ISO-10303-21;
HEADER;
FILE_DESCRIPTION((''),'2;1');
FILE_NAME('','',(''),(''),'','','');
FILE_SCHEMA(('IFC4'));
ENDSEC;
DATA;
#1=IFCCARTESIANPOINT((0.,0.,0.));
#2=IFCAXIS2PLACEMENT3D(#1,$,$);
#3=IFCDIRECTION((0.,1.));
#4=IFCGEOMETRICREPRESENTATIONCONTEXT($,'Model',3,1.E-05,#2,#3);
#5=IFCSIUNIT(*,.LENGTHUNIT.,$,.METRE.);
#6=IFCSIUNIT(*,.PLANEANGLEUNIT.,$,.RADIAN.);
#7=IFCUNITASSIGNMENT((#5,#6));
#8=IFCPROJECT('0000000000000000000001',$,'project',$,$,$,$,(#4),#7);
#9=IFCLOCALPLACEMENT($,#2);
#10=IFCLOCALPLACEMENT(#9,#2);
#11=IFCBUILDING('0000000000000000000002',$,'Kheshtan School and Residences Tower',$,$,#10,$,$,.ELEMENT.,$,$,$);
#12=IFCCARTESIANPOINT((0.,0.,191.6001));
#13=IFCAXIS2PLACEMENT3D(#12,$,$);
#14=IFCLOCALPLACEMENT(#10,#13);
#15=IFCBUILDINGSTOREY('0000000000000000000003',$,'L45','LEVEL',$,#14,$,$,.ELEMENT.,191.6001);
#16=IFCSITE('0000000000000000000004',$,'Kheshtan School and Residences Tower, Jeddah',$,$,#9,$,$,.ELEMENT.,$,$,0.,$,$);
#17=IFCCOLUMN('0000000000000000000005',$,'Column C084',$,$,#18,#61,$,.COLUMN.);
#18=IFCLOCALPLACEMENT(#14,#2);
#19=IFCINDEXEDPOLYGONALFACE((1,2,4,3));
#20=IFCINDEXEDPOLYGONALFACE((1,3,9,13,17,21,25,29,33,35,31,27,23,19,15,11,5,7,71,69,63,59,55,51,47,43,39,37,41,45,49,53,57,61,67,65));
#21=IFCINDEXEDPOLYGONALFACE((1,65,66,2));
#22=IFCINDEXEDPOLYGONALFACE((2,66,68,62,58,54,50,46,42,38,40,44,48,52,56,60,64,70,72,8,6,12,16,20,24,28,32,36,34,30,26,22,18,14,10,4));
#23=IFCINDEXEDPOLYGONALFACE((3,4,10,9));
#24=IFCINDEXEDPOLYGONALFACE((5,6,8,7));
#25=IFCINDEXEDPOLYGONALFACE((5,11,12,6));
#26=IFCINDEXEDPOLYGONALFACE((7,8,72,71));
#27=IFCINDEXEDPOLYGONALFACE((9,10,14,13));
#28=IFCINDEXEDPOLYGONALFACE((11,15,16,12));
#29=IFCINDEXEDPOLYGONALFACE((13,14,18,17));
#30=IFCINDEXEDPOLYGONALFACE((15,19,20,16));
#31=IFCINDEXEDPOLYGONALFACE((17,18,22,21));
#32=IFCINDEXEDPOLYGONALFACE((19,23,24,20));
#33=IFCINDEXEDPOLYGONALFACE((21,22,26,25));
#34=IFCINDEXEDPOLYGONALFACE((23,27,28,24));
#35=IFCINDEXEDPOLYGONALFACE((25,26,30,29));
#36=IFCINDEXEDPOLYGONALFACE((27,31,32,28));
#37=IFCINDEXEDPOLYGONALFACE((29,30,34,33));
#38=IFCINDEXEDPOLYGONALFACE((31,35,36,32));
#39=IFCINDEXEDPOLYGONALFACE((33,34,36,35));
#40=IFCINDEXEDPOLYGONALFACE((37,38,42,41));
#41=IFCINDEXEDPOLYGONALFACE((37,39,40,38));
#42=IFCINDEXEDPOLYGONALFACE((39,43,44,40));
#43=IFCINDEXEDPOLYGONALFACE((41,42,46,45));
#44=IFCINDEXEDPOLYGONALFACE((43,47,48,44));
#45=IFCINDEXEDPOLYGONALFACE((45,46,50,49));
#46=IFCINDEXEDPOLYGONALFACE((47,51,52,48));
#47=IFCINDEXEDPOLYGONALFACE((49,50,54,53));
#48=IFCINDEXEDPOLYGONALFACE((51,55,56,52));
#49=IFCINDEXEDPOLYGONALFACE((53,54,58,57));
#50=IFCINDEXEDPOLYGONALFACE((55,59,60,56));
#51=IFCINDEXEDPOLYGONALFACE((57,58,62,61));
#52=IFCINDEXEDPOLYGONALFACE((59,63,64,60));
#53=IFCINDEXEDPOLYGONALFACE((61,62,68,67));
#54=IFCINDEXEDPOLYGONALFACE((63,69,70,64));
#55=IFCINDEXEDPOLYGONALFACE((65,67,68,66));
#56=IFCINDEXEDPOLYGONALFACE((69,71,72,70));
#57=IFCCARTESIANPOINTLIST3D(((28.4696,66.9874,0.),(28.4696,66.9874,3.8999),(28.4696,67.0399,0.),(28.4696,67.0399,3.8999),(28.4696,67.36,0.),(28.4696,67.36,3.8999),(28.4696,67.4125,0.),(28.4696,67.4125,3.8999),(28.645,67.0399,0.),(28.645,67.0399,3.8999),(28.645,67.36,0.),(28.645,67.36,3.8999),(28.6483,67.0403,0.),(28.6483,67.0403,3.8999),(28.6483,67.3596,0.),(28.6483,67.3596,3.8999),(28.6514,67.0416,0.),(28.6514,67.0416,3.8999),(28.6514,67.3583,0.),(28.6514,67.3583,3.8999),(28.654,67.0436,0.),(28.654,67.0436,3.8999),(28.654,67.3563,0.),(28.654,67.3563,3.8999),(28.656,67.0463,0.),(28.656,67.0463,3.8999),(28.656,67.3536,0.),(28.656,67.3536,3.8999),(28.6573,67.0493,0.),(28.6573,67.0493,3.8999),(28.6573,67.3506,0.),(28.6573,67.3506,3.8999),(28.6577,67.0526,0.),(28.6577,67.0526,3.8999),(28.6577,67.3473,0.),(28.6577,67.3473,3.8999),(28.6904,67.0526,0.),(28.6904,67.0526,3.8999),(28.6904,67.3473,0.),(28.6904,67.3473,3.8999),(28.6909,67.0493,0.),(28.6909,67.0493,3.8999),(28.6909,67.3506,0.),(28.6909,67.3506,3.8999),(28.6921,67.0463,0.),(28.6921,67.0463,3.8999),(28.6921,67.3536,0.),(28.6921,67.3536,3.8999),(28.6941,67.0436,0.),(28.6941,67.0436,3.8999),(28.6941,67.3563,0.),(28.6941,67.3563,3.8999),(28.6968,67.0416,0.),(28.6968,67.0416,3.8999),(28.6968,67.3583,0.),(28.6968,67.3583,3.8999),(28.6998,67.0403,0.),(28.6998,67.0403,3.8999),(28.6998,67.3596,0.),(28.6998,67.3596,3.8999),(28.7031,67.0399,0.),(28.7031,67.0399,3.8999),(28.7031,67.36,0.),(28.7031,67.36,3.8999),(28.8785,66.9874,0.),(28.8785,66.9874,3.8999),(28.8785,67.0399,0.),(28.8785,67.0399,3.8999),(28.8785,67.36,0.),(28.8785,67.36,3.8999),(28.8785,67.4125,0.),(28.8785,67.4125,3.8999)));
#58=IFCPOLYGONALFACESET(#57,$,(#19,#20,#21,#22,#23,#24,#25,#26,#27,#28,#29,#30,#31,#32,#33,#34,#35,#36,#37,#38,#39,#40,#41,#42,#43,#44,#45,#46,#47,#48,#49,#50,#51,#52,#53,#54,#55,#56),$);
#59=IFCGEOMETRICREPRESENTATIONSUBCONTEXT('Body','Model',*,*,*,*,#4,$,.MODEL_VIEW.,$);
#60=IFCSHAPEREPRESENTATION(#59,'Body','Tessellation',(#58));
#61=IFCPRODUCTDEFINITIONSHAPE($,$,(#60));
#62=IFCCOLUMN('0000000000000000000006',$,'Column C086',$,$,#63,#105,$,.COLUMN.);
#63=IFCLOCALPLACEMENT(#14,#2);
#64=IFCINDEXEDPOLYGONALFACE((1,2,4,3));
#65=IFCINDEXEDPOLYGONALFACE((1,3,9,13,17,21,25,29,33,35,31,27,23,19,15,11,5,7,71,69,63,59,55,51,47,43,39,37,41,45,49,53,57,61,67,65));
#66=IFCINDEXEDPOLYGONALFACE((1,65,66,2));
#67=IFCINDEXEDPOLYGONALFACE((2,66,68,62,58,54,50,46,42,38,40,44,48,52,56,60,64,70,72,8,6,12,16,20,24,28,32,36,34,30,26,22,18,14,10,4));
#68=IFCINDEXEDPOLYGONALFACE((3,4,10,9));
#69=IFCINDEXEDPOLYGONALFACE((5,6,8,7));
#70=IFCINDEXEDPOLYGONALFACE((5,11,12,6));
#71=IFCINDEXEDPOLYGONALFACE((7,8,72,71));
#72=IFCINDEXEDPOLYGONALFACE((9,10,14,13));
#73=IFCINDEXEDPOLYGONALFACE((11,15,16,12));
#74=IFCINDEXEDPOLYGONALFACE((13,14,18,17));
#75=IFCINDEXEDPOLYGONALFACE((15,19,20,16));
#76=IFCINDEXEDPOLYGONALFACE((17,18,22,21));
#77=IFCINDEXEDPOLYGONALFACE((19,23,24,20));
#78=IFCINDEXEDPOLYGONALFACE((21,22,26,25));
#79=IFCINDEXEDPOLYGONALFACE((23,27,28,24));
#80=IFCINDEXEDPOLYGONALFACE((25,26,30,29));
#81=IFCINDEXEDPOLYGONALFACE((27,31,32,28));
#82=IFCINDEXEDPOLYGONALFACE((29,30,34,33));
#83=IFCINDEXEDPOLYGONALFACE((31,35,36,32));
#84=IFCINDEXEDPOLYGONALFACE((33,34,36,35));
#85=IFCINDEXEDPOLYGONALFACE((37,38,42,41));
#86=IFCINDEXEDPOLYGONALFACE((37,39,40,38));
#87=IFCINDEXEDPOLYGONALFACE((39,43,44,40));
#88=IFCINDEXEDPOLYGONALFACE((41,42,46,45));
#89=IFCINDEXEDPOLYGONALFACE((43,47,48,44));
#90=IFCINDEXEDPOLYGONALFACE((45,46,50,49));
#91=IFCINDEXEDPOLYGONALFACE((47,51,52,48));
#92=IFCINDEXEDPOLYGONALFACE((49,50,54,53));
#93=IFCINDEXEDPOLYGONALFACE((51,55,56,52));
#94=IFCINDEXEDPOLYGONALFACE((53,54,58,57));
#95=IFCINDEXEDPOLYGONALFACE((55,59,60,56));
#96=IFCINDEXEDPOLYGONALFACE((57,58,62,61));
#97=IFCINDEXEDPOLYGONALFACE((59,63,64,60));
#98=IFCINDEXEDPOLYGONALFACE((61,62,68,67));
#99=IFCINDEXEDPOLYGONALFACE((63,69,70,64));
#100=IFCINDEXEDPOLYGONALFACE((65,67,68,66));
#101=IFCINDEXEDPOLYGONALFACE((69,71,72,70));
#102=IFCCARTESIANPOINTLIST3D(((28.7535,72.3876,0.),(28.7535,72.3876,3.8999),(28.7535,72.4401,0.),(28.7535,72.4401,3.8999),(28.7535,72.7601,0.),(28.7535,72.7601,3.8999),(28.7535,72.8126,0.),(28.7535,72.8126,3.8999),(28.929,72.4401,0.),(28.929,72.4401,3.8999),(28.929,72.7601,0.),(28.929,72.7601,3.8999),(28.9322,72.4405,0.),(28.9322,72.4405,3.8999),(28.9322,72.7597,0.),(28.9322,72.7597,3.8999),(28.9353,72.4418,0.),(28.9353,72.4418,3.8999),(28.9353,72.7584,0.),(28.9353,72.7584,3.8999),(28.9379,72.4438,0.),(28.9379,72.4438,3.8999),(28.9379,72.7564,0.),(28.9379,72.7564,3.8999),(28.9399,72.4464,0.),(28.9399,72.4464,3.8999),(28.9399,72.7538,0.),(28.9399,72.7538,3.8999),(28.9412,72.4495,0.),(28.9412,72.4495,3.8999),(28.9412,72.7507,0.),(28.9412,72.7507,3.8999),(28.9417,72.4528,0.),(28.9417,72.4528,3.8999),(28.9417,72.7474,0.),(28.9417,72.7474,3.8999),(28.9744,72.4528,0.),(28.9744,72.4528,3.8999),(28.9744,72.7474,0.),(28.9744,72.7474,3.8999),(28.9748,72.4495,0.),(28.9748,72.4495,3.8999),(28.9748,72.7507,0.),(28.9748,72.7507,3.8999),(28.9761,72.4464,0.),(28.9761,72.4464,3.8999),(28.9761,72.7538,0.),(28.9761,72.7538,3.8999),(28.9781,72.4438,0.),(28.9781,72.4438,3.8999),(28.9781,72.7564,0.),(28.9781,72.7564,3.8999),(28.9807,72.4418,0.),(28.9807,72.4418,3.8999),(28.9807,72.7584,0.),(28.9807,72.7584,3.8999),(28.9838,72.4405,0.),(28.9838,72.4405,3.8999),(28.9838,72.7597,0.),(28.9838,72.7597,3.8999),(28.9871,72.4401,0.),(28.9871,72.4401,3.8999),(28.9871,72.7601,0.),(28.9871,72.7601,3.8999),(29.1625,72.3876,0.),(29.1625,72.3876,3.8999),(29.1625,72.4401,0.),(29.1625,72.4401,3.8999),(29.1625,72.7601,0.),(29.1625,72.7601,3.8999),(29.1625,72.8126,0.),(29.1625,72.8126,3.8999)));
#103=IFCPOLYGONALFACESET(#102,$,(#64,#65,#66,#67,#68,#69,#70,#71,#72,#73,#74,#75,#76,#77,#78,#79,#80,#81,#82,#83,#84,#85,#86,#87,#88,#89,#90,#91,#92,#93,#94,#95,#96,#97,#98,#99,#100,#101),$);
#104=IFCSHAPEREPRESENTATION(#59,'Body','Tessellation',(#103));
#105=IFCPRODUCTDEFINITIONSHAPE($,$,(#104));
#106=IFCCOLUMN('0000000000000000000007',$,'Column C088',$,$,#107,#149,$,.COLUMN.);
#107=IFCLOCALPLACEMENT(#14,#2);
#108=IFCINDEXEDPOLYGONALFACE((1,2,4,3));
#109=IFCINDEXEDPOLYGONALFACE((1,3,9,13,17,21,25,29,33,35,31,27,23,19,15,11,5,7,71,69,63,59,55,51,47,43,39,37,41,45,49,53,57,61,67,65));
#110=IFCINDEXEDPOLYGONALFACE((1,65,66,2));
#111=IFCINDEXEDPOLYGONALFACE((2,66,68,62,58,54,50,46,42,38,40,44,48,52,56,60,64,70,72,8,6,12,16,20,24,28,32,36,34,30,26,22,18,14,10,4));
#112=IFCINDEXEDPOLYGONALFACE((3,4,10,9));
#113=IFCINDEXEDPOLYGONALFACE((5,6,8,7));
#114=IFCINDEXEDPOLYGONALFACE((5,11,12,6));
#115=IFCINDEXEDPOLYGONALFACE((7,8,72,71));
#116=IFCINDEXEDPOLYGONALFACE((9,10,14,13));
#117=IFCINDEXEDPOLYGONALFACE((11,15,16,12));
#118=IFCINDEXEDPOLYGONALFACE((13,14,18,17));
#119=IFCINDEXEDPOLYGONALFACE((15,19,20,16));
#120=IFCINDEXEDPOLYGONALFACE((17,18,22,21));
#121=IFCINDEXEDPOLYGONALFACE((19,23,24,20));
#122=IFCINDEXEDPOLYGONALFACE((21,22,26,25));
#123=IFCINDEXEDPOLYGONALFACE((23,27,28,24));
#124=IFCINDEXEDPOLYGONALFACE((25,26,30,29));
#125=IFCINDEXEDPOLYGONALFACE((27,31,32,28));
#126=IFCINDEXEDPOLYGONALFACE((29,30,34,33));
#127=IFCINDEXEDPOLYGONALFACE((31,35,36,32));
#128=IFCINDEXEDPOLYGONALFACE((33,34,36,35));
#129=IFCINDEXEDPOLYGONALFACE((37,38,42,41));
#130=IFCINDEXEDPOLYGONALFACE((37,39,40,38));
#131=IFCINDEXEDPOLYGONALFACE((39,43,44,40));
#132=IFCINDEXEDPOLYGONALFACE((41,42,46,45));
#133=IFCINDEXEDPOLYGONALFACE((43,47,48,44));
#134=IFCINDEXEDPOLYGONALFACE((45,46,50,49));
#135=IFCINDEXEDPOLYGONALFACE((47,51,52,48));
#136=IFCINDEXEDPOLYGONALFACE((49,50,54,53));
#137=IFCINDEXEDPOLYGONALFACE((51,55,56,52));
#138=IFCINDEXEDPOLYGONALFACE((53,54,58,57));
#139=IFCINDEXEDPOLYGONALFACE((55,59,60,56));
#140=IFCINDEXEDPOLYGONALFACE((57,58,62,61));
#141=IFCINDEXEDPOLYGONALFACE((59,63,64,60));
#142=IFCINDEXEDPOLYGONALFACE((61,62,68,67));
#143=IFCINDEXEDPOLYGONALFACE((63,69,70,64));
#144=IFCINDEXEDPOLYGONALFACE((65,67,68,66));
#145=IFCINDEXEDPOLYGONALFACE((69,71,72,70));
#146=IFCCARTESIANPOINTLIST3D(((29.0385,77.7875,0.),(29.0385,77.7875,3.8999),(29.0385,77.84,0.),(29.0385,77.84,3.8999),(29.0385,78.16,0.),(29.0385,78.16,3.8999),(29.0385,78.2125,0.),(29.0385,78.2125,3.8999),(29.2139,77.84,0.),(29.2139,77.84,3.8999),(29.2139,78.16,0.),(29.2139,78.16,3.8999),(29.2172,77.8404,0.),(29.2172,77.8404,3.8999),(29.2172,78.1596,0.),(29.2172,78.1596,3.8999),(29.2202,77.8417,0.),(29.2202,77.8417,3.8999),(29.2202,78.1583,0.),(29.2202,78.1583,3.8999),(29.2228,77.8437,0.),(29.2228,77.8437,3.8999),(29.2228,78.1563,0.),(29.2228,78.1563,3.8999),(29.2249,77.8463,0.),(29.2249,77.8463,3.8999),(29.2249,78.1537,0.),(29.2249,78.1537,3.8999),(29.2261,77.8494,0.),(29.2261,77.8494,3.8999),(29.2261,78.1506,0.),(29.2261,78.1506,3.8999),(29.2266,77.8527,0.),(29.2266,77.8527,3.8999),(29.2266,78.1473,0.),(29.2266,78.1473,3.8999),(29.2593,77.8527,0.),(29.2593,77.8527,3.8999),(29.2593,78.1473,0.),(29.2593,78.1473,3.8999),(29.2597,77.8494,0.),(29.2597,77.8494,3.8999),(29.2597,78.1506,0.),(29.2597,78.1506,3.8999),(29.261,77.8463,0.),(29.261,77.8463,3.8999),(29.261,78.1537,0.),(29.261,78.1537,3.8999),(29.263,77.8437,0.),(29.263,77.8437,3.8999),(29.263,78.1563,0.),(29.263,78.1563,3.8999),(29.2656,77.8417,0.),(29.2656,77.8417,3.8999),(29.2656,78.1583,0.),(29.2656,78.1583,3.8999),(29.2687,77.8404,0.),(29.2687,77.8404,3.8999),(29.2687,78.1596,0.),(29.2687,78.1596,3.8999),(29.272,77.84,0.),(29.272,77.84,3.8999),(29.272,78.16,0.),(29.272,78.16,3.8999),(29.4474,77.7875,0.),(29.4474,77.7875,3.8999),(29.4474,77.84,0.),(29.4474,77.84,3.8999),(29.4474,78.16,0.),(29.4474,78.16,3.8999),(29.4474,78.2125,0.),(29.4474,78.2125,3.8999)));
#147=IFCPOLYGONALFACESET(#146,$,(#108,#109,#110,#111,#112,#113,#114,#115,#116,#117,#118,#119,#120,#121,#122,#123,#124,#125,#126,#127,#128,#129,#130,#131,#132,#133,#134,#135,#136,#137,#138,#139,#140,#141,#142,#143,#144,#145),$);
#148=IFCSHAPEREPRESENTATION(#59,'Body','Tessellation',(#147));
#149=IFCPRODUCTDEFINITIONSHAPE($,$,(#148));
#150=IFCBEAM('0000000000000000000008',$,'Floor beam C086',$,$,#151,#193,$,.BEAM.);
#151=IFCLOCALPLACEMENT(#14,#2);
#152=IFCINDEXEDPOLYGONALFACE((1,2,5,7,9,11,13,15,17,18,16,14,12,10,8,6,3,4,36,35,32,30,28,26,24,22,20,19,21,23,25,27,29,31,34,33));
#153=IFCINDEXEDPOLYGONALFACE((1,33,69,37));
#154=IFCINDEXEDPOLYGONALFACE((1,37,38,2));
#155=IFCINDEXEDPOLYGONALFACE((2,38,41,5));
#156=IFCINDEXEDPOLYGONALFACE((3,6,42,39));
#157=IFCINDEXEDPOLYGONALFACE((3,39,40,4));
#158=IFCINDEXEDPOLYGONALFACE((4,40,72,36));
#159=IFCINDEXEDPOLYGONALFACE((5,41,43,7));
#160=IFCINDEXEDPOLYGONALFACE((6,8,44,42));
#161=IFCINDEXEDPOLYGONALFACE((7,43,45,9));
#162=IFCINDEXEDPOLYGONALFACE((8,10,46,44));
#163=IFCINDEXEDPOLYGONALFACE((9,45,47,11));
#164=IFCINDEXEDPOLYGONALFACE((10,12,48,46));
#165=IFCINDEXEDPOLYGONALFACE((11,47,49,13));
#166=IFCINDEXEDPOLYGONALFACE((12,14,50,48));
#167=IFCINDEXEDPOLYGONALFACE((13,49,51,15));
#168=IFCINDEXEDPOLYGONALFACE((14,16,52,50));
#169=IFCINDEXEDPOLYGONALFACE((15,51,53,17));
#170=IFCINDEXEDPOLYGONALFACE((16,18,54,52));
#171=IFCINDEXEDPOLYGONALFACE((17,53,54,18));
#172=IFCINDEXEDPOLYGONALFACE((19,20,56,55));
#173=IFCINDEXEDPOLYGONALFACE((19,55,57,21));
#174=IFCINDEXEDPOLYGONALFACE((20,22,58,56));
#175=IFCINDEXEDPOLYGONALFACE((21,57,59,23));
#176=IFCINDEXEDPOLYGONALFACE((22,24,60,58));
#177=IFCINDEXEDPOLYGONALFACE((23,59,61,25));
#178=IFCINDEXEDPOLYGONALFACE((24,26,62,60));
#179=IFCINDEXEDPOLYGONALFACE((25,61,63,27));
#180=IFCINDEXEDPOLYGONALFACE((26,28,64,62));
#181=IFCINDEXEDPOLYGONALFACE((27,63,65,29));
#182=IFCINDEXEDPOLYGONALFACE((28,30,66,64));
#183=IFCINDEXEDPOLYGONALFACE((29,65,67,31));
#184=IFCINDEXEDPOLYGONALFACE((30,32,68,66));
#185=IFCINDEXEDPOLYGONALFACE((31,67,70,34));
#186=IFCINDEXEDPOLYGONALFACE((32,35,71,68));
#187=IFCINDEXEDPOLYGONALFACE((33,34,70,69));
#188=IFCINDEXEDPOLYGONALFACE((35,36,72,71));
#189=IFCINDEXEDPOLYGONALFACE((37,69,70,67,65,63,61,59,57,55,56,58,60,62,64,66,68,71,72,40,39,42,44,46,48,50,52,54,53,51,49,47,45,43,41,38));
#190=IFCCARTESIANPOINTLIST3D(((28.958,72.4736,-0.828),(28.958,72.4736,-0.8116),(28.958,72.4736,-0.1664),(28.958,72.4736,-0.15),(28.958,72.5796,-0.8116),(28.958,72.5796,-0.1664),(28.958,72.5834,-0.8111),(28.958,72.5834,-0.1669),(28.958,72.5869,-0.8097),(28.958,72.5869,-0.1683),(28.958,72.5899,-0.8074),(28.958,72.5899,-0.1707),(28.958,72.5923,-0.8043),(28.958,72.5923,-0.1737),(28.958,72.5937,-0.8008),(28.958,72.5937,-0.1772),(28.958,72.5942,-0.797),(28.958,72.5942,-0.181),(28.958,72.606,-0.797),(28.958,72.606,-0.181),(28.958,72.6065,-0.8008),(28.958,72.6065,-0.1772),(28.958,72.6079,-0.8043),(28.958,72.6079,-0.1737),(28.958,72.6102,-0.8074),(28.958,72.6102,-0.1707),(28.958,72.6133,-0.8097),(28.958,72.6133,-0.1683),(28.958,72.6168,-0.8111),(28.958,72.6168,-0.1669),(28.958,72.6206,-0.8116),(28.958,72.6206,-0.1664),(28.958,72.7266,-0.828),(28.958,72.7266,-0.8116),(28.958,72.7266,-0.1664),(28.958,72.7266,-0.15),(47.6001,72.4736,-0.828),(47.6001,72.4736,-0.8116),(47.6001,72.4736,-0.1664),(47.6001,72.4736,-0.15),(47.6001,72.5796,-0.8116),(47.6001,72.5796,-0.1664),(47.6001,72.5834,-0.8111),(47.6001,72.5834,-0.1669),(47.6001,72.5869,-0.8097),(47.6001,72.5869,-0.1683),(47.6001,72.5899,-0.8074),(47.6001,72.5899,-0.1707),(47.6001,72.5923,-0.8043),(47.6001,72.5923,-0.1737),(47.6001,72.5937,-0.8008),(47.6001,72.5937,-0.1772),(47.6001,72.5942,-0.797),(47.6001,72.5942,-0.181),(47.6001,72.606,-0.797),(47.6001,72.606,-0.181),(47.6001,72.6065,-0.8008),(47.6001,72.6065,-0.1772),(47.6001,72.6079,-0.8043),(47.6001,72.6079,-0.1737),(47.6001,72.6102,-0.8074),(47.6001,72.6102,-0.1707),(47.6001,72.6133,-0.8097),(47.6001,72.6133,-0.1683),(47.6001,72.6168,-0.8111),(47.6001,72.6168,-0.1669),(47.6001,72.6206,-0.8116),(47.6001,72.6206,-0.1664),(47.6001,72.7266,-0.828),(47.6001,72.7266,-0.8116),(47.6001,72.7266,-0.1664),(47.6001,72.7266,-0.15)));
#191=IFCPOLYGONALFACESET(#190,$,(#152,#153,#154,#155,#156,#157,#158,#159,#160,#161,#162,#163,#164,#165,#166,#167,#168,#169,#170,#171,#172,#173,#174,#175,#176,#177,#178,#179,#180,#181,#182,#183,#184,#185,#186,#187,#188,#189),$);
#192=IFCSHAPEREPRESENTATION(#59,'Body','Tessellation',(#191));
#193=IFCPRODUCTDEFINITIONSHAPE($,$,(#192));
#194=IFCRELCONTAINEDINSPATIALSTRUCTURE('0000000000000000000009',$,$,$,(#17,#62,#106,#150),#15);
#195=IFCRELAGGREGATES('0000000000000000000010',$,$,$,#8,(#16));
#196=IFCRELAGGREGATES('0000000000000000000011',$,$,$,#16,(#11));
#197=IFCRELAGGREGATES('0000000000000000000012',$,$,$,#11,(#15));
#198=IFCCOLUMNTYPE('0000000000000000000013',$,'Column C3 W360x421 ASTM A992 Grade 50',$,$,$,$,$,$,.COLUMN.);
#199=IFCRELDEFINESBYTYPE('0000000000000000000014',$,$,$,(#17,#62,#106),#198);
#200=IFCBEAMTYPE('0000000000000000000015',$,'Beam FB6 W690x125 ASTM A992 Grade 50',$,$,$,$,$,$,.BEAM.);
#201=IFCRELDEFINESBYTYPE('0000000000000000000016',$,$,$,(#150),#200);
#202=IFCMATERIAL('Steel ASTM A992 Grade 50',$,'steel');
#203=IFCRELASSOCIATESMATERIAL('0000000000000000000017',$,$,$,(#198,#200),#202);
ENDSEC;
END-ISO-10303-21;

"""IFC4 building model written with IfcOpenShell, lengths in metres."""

from ifc_helpers import new_model, si_unit, direction, frame, origin, origin_2d, place, context, subcontext, project, spatial, i_section, extrude, material, material_profile, profile_set, type_object, element, save


model = new_model("IFC4")

# Units and contexts
model_context = context("Model", 3, precision=1e-05, world=origin(), true_north=direction((0.0, 1.0)))
body_context = subcontext(model_context, "Body", "Model", "MODEL_VIEW")
ifc_project = project(units=[si_unit("LENGTHUNIT", "METRE"), si_unit("PLANEANGLEUNIT", "RADIAN")], contexts=[model_context])

# Site, building, storey
site_placement = place(None, origin())
site = spatial("IfcSite", under=ifc_project, at=site_placement, Name="Kheshtan School and Residences Tower, Jeddah", CompositionType="ELEMENT", RefElevation=0.0)
building_placement = place(site_placement, origin())
building = spatial("IfcBuilding", under=site, at=building_placement, Name="Kheshtan School and Residences Tower", CompositionType="ELEMENT")
storey_placement = place(building_placement, frame((0.0, 0.0, 191.6001)))
storey = spatial("IfcBuildingStorey", under=building, at=storey_placement, Name="L45", Description="LEVEL", CompositionType="ELEMENT", Elevation=191.6001)

# Columns
ifc_material_1 = material(Name="Steel ASTM A992 Grade 50", Category="steel")
ifc_material_profile_1 = material_profile(ifc_material_1, i_section(OverallWidth=0.4089, OverallDepth=0.425, WebThickness=0.0327, FlangeThickness=0.0525, FilletRadius=0.0127, at=origin_2d()), Name="W360x421")
ifc_profile_set_1 = profile_set([ifc_material_profile_1], Name="Steel ASTM A992 Grade 50")
column_type = type_object("IfcColumnType", Name="Column C3 W360x421 ASTM A992 Grade 50", PredefinedType="COLUMN", material=ifc_profile_set_1)
for number, where, z_axis, x_axis, name in (
    (1, (28.6741, 67.2, 0.0), (0.0, 0.0, 1.0), (1.0, 0.0, 0.0), "Column C084"),
    (2, (28.958, 72.6001, 0.0), (0.0, 0.0, 1.0), (1.0, 0.0, 0.0), "Column C086"),
    (3, (29.2429, 78.0, 0.0), (0.0, 0.0, 1.0), (1.0, 0.0, 0.0), "Column C088"),
):
    element("IfcColumn", number, at=place(storey_placement, frame(where, z_axis=z_axis, x_axis=x_axis)), inside=storey, type_object=column_type, Name=name, PredefinedType="COLUMN", context=body_context, shape_type="SweptSolid", body=[
        extrude(i_section(OverallWidth=0.4089, OverallDepth=0.425, WebThickness=0.0327, FlangeThickness=0.0525, FilletRadius=0.0127, at=origin_2d()), origin(), (0.0, 0.0, 1.0), 3.8999),
    ])

# Beam
ifc_material_profile_2 = material_profile(ifc_material_1, i_section(OverallWidth=0.2529, OverallDepth=0.678, WebThickness=0.0117, FlangeThickness=0.0164, FilletRadius=0.0146, at=origin_2d()), Name="W690x125")
ifc_profile_set_2 = profile_set([ifc_material_profile_2], Name="Steel ASTM A992 Grade 50")
beam_type_1 = type_object("IfcBeamType", Name="Beam FB6 W690x125 ASTM A992 Grade 50", PredefinedType="BEAM", material=ifc_profile_set_2)
beam_1_placement = place(storey_placement, frame((28.958, 72.6001, -0.489), z_axis=(1.0, 0.0, 0.0), x_axis=(0.0, 1.0, 0.0)))
element("IfcBeam", 4, at=beam_1_placement, inside=storey, type_object=beam_type_1, Name="Floor beam C086", PredefinedType="BEAM", context=body_context, shape_type="SweptSolid", body=[
    extrude(i_section(OverallWidth=0.2529, OverallDepth=0.678, WebThickness=0.0117, FlangeThickness=0.0164, FilletRadius=0.0146, at=origin_2d()), origin(), (0.0, 0.0, 1.0), 18.6421),
])

save(model, "model.ifc")
